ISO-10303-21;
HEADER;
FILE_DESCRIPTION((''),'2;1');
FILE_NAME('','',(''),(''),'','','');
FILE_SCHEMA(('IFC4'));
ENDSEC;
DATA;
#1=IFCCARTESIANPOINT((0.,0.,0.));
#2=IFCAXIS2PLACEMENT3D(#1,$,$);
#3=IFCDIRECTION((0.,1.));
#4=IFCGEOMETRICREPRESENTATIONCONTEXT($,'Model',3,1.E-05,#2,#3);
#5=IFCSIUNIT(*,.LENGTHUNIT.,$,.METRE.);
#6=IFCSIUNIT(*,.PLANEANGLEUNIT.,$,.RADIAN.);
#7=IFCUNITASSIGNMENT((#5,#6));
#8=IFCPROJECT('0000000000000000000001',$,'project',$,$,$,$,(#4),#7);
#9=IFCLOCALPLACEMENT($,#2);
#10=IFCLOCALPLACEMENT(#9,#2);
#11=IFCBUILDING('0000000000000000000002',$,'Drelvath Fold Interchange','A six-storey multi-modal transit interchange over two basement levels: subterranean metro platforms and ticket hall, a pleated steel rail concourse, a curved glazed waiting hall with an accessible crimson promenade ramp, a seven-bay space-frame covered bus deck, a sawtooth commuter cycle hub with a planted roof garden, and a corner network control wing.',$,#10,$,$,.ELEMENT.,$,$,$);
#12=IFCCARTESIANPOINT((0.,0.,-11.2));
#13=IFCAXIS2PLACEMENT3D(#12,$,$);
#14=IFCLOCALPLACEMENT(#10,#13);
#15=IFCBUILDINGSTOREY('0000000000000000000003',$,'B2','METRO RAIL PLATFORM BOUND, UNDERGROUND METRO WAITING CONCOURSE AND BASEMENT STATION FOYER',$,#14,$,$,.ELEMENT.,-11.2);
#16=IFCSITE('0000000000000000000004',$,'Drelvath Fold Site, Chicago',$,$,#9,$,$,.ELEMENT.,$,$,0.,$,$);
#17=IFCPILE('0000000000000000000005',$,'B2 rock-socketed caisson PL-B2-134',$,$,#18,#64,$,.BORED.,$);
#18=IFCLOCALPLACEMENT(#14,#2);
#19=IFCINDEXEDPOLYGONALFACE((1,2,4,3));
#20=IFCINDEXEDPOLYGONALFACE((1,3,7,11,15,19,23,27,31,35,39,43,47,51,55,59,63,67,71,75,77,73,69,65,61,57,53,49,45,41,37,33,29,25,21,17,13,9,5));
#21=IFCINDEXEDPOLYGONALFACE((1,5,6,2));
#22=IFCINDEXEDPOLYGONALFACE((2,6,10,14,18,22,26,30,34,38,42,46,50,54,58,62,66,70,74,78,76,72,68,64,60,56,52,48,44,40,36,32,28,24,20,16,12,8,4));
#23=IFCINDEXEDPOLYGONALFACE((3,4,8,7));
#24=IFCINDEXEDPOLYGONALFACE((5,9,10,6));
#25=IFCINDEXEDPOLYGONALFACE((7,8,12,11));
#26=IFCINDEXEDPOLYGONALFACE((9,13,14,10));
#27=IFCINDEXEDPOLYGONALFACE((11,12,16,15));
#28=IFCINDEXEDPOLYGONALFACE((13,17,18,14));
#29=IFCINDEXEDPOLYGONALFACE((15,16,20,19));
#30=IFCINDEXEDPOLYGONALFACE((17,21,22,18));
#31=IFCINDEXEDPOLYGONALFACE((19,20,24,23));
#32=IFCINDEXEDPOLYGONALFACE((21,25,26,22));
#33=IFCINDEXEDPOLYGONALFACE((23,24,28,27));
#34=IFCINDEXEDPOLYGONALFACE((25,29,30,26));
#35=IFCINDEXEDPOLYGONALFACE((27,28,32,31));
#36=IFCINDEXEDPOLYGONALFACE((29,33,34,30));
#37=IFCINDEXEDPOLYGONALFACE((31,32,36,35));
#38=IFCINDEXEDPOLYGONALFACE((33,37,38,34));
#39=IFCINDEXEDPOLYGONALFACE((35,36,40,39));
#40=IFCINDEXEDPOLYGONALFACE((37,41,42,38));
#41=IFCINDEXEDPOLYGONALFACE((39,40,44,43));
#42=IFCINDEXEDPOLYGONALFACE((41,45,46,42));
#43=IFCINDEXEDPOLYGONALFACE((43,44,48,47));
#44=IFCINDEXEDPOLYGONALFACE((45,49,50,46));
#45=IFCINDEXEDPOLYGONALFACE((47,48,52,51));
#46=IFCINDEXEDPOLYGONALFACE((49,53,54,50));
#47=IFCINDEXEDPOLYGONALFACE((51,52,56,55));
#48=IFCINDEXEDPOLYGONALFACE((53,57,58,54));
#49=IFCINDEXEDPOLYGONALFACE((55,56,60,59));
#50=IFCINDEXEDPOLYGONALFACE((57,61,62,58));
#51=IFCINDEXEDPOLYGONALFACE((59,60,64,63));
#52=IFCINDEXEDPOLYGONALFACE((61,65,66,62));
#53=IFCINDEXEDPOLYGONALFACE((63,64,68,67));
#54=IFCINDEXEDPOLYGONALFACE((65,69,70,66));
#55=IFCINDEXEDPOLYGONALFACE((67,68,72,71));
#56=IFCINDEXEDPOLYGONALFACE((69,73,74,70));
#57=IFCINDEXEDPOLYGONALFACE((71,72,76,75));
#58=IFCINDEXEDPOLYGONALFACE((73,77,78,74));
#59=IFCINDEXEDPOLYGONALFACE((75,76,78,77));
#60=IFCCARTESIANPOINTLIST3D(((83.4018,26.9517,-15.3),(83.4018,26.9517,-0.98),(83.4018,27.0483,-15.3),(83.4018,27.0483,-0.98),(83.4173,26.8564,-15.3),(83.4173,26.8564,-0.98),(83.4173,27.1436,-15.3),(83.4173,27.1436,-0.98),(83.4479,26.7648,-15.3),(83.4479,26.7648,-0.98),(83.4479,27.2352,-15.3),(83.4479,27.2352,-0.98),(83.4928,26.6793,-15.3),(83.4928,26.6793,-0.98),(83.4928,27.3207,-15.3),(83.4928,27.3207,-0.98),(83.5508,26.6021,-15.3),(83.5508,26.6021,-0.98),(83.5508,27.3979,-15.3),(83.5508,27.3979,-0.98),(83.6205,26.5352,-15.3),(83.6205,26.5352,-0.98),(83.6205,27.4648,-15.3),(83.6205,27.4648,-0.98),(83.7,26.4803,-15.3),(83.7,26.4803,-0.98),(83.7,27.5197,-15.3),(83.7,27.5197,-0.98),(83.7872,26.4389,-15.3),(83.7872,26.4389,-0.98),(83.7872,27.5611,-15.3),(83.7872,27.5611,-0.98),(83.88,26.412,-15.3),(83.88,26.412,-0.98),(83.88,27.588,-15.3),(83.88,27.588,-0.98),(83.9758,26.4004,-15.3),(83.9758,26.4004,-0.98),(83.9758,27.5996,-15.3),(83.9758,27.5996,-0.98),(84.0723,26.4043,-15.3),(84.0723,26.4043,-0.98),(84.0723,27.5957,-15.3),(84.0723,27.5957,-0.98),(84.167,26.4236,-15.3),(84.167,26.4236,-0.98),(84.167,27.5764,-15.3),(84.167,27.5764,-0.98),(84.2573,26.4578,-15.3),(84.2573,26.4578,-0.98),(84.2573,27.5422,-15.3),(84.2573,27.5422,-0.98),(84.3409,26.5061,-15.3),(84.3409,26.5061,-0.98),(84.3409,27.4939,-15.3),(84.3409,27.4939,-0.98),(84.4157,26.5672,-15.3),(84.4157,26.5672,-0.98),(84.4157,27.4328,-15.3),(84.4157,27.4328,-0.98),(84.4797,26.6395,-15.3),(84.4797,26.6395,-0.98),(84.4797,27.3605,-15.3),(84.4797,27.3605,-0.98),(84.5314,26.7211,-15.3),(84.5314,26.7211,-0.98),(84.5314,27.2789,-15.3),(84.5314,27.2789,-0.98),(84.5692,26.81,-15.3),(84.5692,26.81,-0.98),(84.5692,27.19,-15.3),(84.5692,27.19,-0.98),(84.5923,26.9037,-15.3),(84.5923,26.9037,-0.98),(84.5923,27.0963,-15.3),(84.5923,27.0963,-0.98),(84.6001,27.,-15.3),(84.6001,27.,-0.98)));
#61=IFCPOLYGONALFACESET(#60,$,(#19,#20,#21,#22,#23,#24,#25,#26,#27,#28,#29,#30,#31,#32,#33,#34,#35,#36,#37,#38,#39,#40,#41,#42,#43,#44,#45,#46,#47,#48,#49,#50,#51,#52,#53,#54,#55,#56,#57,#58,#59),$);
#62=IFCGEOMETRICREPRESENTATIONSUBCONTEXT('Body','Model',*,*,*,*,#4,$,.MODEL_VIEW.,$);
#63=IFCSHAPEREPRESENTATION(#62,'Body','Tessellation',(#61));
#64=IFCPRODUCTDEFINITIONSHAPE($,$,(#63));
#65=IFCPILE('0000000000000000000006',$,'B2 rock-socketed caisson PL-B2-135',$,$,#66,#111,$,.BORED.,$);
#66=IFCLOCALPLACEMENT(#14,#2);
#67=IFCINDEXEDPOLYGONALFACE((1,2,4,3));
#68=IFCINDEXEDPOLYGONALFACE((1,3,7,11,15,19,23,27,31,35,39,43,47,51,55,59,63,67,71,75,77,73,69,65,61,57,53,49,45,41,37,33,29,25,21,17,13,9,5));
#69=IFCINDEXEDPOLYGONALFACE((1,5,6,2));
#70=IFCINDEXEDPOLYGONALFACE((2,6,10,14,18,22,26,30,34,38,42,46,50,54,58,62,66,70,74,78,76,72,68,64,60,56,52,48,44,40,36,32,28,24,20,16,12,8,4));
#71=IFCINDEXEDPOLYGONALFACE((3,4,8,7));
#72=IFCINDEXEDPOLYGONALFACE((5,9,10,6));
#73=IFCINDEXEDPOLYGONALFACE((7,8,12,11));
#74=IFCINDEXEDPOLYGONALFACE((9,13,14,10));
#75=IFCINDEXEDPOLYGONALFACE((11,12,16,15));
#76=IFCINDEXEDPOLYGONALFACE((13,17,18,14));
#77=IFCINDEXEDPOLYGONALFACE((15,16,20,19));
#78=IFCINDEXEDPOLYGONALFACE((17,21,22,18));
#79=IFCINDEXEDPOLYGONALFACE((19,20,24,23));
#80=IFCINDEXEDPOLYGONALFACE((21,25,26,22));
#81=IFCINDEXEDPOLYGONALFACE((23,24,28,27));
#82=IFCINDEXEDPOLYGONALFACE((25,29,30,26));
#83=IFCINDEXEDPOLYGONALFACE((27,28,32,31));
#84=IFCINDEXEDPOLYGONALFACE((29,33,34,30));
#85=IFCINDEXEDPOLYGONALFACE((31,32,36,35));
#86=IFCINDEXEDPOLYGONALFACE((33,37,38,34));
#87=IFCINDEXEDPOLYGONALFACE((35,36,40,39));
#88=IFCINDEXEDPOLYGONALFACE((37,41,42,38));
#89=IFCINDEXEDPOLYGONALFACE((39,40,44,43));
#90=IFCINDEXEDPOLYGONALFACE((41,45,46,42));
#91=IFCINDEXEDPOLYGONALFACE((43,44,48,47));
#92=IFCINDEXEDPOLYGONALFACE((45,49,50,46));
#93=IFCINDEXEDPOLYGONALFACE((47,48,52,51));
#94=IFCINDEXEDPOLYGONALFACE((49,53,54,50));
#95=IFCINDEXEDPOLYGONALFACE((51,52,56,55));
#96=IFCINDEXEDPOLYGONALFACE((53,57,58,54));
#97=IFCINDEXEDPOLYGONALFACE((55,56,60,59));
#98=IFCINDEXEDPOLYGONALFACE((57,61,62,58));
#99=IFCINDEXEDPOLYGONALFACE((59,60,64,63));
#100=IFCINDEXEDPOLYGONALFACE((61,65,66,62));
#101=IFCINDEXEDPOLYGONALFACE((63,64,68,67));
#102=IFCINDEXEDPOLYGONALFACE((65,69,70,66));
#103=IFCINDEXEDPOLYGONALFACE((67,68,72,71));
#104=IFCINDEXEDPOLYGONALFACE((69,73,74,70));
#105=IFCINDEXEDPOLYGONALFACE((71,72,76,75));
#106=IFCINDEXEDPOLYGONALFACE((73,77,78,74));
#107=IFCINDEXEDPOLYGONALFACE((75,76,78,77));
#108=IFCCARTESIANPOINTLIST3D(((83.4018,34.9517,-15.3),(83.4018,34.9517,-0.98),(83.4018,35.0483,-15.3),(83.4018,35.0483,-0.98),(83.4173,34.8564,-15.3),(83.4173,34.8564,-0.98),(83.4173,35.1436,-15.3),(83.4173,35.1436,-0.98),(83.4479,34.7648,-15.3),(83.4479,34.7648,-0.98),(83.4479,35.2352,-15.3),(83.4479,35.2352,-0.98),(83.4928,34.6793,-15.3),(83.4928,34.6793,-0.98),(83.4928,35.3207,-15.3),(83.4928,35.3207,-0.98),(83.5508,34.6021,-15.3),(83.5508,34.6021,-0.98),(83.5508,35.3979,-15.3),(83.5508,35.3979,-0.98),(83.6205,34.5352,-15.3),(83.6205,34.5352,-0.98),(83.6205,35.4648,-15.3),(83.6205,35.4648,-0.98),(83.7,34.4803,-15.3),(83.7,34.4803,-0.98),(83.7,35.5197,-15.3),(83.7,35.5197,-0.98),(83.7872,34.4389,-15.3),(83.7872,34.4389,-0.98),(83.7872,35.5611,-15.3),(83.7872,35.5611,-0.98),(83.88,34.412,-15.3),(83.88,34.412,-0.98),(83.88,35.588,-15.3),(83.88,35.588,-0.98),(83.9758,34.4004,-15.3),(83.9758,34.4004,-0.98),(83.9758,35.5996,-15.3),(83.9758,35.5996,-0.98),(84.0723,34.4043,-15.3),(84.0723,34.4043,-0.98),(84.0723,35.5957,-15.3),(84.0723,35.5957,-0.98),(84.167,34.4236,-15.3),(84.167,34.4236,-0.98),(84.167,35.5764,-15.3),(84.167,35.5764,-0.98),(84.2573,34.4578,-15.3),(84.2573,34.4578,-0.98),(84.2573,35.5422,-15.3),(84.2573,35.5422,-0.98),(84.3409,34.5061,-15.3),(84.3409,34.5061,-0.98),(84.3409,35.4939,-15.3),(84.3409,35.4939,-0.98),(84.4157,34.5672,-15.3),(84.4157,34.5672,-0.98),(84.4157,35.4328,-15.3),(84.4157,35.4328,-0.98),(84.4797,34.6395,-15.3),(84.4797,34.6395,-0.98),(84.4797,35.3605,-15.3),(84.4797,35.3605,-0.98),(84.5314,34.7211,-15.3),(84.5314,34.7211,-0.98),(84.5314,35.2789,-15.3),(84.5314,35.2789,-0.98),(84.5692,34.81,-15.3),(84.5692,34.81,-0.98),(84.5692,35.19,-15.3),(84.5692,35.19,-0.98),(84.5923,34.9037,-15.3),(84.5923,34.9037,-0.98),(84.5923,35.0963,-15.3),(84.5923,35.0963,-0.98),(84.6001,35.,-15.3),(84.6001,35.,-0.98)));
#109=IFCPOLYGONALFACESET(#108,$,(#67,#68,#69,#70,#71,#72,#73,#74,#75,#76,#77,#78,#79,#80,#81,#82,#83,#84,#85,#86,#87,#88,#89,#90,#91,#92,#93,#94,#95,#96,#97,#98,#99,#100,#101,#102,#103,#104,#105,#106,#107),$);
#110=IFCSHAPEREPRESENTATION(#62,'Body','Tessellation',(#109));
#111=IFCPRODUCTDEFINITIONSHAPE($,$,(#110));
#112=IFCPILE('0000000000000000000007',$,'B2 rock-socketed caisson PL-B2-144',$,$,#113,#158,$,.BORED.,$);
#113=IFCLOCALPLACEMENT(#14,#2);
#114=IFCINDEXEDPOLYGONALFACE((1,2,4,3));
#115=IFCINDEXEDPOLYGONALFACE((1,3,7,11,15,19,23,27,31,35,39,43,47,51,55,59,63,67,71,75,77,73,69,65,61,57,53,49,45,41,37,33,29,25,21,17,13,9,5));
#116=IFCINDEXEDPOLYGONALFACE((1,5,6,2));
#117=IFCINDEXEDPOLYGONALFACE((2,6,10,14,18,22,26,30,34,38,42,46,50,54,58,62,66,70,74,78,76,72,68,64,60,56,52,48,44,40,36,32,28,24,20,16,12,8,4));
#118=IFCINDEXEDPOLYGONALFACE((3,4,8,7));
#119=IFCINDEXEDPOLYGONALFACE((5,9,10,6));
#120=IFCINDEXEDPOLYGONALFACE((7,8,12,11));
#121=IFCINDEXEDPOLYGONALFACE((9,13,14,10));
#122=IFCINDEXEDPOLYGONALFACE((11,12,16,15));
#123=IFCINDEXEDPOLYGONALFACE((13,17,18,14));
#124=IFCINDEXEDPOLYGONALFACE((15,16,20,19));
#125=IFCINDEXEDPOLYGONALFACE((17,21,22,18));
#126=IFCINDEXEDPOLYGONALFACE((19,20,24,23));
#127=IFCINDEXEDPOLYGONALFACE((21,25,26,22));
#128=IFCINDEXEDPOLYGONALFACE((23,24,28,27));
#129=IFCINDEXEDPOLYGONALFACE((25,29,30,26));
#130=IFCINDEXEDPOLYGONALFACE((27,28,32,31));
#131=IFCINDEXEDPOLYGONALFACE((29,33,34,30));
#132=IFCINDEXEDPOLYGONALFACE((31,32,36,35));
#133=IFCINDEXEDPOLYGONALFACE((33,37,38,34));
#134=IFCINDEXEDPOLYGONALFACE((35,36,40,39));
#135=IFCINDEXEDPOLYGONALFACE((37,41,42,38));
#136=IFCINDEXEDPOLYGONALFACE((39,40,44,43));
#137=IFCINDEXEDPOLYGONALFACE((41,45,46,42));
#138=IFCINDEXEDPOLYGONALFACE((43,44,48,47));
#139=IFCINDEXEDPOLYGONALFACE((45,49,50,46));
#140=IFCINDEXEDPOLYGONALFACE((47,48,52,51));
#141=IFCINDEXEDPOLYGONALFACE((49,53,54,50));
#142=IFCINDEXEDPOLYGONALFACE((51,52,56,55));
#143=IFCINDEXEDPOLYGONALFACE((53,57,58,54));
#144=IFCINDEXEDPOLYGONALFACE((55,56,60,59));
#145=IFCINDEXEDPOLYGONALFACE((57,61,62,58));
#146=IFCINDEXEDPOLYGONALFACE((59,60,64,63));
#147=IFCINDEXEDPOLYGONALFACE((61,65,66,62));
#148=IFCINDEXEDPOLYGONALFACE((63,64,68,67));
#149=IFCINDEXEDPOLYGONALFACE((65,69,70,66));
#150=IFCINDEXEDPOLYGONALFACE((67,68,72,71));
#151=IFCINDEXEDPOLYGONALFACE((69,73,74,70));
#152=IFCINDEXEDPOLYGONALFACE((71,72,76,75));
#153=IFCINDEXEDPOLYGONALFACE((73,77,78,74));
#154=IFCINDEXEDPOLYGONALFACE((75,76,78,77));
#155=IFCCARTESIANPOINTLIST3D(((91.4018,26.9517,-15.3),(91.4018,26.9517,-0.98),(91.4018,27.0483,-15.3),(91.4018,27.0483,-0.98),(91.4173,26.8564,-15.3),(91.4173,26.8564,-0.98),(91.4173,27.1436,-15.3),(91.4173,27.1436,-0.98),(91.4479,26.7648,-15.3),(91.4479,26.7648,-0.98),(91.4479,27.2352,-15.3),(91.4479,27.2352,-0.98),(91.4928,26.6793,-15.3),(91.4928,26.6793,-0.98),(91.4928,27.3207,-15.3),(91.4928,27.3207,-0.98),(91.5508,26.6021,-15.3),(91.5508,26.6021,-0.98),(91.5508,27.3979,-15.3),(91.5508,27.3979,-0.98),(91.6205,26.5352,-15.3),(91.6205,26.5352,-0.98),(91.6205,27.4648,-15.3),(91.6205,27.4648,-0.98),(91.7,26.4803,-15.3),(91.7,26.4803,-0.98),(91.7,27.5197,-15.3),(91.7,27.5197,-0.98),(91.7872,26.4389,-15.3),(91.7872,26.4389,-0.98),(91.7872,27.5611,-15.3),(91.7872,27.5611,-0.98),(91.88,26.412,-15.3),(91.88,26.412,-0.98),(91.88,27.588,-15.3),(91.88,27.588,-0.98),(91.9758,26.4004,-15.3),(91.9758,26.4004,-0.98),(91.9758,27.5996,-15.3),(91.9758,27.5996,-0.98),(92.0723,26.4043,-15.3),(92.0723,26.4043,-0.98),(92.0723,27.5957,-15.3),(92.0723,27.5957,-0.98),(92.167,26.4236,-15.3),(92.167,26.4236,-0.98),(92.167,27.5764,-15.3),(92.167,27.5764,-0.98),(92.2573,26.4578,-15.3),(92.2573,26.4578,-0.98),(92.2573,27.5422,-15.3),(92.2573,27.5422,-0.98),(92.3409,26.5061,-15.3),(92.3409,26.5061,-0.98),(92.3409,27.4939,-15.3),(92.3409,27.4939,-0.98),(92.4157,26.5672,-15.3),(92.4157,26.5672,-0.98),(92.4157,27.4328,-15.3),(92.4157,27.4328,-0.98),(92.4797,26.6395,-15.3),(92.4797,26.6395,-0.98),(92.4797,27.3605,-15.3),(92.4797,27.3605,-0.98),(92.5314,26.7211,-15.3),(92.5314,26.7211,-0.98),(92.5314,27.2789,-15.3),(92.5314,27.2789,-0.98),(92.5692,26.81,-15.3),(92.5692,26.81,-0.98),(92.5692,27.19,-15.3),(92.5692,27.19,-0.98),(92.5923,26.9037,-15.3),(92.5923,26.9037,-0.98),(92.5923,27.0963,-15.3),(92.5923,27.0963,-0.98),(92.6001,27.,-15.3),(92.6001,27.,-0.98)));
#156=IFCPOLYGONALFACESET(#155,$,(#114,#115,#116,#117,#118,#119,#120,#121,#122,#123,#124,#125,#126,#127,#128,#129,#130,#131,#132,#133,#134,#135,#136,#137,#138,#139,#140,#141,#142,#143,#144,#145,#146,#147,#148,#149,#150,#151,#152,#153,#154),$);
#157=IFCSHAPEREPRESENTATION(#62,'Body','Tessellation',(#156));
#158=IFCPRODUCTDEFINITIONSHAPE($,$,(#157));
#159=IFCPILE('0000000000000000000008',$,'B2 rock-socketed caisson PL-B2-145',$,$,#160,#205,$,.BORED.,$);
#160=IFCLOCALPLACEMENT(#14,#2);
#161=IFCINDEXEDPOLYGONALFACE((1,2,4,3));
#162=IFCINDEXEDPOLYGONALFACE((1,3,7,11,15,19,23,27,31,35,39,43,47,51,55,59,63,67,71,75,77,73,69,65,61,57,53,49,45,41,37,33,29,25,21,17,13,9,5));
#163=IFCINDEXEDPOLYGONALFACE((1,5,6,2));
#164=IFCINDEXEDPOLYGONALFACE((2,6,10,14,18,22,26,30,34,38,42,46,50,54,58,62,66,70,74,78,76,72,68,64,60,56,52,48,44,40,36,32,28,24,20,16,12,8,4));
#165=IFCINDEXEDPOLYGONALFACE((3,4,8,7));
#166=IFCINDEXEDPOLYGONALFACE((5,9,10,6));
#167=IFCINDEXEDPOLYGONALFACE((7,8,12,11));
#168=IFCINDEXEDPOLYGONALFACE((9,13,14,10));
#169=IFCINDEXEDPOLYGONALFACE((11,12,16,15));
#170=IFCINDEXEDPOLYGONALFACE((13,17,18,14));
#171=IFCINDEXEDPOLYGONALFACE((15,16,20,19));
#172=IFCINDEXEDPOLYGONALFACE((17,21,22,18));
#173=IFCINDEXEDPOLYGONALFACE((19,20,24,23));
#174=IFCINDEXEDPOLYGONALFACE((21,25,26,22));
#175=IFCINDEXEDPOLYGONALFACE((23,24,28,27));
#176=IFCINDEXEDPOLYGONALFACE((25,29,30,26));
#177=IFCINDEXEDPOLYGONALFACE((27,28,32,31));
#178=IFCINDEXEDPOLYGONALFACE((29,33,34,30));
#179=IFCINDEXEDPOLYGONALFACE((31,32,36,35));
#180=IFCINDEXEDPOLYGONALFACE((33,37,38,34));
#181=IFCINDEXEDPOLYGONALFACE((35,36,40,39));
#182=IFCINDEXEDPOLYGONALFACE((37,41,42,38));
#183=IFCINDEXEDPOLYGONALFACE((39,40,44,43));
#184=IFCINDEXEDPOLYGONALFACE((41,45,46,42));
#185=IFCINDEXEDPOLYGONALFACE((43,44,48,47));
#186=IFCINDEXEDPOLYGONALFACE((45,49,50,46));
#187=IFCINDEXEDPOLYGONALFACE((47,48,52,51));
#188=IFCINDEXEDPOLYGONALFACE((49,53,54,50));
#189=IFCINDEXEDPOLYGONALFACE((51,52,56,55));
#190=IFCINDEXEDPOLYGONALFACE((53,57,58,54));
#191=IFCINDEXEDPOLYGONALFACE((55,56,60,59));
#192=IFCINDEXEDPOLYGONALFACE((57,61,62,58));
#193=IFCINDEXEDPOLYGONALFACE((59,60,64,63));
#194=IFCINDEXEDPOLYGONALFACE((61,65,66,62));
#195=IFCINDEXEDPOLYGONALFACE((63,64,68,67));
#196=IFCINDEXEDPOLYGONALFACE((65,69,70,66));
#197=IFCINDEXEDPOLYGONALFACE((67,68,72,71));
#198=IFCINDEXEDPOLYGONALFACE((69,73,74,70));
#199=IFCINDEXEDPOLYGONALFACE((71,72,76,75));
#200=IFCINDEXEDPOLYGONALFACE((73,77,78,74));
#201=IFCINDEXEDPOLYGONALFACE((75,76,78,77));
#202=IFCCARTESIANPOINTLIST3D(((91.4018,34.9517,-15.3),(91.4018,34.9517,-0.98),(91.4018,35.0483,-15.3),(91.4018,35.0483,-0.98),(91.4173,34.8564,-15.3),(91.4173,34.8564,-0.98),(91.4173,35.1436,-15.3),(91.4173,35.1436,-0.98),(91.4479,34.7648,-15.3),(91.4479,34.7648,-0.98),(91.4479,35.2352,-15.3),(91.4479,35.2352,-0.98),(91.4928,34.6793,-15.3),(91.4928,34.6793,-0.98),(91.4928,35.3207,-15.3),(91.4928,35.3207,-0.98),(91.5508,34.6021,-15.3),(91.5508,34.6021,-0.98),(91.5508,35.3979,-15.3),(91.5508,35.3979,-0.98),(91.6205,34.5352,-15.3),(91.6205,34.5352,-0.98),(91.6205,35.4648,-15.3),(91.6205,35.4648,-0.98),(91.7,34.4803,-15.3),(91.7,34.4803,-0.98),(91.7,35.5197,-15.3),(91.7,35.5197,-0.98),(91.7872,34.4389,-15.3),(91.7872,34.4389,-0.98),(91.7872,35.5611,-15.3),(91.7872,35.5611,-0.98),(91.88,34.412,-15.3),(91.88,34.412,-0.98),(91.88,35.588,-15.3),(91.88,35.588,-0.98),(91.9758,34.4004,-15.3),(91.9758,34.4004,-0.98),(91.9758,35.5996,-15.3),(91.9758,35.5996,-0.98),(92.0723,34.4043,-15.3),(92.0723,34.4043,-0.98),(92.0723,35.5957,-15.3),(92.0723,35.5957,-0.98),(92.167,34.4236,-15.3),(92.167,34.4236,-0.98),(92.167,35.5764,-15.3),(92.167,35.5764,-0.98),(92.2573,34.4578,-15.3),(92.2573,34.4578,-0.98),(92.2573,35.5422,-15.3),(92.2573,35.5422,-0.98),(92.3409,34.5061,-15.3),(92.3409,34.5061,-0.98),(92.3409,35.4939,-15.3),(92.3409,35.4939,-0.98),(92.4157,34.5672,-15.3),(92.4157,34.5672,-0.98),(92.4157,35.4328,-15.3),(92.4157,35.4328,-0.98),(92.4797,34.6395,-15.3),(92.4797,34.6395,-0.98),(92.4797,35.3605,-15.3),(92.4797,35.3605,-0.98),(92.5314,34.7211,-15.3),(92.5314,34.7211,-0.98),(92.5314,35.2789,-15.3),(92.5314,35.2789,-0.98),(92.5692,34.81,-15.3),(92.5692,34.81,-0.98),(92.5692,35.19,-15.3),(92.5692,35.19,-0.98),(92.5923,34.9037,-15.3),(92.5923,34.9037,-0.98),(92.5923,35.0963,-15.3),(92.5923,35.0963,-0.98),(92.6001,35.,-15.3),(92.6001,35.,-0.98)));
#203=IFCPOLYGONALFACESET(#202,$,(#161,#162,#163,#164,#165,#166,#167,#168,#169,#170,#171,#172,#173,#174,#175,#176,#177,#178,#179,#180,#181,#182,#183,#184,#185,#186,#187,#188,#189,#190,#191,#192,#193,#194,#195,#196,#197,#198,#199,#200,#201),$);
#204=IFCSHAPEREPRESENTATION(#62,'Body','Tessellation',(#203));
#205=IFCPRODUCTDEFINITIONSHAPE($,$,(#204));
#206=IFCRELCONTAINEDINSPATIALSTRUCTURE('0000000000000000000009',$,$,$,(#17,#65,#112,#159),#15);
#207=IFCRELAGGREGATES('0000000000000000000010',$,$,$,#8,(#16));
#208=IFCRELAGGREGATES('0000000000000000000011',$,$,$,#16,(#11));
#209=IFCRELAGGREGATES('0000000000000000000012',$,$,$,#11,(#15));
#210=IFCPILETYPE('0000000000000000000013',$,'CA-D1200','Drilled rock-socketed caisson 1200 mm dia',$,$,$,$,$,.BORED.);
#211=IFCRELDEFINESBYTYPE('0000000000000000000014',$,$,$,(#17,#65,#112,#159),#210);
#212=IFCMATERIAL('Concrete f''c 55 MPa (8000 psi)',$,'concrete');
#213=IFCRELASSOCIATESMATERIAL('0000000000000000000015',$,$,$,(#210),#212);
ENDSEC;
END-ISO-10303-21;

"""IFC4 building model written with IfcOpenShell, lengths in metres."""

from ifc_helpers import new_model, si_unit, direction, frame, origin, origin_2d, place, context, subcontext, project, spatial, circle, extrude, material, material_profile, profile_set, type_object, element, save


model = new_model("IFC4")

# Units and contexts
model_context = context("Model", 3, precision=1e-05, world=origin(), true_north=direction((0.0, 1.0)))
body_context = subcontext(model_context, "Body", "Model", "MODEL_VIEW")
ifc_project = project(units=[si_unit("LENGTHUNIT", "METRE"), si_unit("PLANEANGLEUNIT", "RADIAN")], contexts=[model_context])

# Site, building, storey
site_placement = place(None, origin())
site = spatial("IfcSite", under=ifc_project, at=site_placement, Name="Drelvath Fold Site, Chicago", CompositionType="ELEMENT", RefElevation=0.0)
building_placement = place(site_placement, origin())
building = spatial("IfcBuilding", under=site, at=building_placement, Name="Drelvath Fold Interchange", Description="A six-storey multi-modal transit interchange over two basement levels: subterranean metro platforms and ticket hall, a pleated steel rail concourse, a curved glazed waiting hall with an accessible crimson promenade ramp, a seven-bay space-frame covered bus deck, a sawtooth commuter cycle hub with a planted roof garden, and a corner network control wing.", CompositionType="ELEMENT")
storey_placement = place(building_placement, frame((0.0, 0.0, -11.2)))
storey = spatial("IfcBuildingStorey", under=building, at=storey_placement, Name="B2", Description="METRO RAIL PLATFORM BOUND, UNDERGROUND METRO WAITING CONCOURSE AND BASEMENT STATION FOYER", CompositionType="ELEMENT", Elevation=-11.2)

# Piles
ifc_material_1 = material(Name="Concrete f'c 55 MPa (8000 psi)", Category="concrete")
ifc_material_profile_1 = material_profile(ifc_material_1, circle(Radius=0.6001, at=origin_2d()), Name="CAISSON D1200")
ifc_profile_set_1 = profile_set([ifc_material_profile_1], Name="Concrete f'c 55 MPa (8000 psi)")
pile_type = type_object("IfcPileType", Name="CA-D1200", Description="Drilled rock-socketed caisson 1200 mm dia", PredefinedType="BORED", material=ifc_profile_set_1)
for number, where, z_axis, x_axis, name in (
    (1, (84.0, 27.0, -0.98), (0.0, 0.0, -1.0), (1.0, 0.0, 0.0), "B2 rock-socketed caisson PL-B2-134"),
    (2, (84.0, 35.0, -0.98), (0.0, 0.0, -1.0), (1.0, 0.0, 0.0), "B2 rock-socketed caisson PL-B2-135"),
    (3, (92.0, 27.0, -0.98), (0.0, 0.0, -1.0), (1.0, 0.0, 0.0), "B2 rock-socketed caisson PL-B2-144"),
    (4, (92.0, 35.0, -0.98), (0.0, 0.0, -1.0), (1.0, 0.0, 0.0), "B2 rock-socketed caisson PL-B2-145"),
):
    element("IfcPile", number, at=place(storey_placement, frame(where, z_axis=z_axis, x_axis=x_axis)), inside=storey, type_object=pile_type, Name=name, PredefinedType="BORED", context=body_context, shape_type="SweptSolid", body=[
        extrude(circle(Radius=0.6001, at=origin_2d()), origin(), (0.0, 0.0, 1.0), 14.3201),
    ])

save(model, "model.ifc")
